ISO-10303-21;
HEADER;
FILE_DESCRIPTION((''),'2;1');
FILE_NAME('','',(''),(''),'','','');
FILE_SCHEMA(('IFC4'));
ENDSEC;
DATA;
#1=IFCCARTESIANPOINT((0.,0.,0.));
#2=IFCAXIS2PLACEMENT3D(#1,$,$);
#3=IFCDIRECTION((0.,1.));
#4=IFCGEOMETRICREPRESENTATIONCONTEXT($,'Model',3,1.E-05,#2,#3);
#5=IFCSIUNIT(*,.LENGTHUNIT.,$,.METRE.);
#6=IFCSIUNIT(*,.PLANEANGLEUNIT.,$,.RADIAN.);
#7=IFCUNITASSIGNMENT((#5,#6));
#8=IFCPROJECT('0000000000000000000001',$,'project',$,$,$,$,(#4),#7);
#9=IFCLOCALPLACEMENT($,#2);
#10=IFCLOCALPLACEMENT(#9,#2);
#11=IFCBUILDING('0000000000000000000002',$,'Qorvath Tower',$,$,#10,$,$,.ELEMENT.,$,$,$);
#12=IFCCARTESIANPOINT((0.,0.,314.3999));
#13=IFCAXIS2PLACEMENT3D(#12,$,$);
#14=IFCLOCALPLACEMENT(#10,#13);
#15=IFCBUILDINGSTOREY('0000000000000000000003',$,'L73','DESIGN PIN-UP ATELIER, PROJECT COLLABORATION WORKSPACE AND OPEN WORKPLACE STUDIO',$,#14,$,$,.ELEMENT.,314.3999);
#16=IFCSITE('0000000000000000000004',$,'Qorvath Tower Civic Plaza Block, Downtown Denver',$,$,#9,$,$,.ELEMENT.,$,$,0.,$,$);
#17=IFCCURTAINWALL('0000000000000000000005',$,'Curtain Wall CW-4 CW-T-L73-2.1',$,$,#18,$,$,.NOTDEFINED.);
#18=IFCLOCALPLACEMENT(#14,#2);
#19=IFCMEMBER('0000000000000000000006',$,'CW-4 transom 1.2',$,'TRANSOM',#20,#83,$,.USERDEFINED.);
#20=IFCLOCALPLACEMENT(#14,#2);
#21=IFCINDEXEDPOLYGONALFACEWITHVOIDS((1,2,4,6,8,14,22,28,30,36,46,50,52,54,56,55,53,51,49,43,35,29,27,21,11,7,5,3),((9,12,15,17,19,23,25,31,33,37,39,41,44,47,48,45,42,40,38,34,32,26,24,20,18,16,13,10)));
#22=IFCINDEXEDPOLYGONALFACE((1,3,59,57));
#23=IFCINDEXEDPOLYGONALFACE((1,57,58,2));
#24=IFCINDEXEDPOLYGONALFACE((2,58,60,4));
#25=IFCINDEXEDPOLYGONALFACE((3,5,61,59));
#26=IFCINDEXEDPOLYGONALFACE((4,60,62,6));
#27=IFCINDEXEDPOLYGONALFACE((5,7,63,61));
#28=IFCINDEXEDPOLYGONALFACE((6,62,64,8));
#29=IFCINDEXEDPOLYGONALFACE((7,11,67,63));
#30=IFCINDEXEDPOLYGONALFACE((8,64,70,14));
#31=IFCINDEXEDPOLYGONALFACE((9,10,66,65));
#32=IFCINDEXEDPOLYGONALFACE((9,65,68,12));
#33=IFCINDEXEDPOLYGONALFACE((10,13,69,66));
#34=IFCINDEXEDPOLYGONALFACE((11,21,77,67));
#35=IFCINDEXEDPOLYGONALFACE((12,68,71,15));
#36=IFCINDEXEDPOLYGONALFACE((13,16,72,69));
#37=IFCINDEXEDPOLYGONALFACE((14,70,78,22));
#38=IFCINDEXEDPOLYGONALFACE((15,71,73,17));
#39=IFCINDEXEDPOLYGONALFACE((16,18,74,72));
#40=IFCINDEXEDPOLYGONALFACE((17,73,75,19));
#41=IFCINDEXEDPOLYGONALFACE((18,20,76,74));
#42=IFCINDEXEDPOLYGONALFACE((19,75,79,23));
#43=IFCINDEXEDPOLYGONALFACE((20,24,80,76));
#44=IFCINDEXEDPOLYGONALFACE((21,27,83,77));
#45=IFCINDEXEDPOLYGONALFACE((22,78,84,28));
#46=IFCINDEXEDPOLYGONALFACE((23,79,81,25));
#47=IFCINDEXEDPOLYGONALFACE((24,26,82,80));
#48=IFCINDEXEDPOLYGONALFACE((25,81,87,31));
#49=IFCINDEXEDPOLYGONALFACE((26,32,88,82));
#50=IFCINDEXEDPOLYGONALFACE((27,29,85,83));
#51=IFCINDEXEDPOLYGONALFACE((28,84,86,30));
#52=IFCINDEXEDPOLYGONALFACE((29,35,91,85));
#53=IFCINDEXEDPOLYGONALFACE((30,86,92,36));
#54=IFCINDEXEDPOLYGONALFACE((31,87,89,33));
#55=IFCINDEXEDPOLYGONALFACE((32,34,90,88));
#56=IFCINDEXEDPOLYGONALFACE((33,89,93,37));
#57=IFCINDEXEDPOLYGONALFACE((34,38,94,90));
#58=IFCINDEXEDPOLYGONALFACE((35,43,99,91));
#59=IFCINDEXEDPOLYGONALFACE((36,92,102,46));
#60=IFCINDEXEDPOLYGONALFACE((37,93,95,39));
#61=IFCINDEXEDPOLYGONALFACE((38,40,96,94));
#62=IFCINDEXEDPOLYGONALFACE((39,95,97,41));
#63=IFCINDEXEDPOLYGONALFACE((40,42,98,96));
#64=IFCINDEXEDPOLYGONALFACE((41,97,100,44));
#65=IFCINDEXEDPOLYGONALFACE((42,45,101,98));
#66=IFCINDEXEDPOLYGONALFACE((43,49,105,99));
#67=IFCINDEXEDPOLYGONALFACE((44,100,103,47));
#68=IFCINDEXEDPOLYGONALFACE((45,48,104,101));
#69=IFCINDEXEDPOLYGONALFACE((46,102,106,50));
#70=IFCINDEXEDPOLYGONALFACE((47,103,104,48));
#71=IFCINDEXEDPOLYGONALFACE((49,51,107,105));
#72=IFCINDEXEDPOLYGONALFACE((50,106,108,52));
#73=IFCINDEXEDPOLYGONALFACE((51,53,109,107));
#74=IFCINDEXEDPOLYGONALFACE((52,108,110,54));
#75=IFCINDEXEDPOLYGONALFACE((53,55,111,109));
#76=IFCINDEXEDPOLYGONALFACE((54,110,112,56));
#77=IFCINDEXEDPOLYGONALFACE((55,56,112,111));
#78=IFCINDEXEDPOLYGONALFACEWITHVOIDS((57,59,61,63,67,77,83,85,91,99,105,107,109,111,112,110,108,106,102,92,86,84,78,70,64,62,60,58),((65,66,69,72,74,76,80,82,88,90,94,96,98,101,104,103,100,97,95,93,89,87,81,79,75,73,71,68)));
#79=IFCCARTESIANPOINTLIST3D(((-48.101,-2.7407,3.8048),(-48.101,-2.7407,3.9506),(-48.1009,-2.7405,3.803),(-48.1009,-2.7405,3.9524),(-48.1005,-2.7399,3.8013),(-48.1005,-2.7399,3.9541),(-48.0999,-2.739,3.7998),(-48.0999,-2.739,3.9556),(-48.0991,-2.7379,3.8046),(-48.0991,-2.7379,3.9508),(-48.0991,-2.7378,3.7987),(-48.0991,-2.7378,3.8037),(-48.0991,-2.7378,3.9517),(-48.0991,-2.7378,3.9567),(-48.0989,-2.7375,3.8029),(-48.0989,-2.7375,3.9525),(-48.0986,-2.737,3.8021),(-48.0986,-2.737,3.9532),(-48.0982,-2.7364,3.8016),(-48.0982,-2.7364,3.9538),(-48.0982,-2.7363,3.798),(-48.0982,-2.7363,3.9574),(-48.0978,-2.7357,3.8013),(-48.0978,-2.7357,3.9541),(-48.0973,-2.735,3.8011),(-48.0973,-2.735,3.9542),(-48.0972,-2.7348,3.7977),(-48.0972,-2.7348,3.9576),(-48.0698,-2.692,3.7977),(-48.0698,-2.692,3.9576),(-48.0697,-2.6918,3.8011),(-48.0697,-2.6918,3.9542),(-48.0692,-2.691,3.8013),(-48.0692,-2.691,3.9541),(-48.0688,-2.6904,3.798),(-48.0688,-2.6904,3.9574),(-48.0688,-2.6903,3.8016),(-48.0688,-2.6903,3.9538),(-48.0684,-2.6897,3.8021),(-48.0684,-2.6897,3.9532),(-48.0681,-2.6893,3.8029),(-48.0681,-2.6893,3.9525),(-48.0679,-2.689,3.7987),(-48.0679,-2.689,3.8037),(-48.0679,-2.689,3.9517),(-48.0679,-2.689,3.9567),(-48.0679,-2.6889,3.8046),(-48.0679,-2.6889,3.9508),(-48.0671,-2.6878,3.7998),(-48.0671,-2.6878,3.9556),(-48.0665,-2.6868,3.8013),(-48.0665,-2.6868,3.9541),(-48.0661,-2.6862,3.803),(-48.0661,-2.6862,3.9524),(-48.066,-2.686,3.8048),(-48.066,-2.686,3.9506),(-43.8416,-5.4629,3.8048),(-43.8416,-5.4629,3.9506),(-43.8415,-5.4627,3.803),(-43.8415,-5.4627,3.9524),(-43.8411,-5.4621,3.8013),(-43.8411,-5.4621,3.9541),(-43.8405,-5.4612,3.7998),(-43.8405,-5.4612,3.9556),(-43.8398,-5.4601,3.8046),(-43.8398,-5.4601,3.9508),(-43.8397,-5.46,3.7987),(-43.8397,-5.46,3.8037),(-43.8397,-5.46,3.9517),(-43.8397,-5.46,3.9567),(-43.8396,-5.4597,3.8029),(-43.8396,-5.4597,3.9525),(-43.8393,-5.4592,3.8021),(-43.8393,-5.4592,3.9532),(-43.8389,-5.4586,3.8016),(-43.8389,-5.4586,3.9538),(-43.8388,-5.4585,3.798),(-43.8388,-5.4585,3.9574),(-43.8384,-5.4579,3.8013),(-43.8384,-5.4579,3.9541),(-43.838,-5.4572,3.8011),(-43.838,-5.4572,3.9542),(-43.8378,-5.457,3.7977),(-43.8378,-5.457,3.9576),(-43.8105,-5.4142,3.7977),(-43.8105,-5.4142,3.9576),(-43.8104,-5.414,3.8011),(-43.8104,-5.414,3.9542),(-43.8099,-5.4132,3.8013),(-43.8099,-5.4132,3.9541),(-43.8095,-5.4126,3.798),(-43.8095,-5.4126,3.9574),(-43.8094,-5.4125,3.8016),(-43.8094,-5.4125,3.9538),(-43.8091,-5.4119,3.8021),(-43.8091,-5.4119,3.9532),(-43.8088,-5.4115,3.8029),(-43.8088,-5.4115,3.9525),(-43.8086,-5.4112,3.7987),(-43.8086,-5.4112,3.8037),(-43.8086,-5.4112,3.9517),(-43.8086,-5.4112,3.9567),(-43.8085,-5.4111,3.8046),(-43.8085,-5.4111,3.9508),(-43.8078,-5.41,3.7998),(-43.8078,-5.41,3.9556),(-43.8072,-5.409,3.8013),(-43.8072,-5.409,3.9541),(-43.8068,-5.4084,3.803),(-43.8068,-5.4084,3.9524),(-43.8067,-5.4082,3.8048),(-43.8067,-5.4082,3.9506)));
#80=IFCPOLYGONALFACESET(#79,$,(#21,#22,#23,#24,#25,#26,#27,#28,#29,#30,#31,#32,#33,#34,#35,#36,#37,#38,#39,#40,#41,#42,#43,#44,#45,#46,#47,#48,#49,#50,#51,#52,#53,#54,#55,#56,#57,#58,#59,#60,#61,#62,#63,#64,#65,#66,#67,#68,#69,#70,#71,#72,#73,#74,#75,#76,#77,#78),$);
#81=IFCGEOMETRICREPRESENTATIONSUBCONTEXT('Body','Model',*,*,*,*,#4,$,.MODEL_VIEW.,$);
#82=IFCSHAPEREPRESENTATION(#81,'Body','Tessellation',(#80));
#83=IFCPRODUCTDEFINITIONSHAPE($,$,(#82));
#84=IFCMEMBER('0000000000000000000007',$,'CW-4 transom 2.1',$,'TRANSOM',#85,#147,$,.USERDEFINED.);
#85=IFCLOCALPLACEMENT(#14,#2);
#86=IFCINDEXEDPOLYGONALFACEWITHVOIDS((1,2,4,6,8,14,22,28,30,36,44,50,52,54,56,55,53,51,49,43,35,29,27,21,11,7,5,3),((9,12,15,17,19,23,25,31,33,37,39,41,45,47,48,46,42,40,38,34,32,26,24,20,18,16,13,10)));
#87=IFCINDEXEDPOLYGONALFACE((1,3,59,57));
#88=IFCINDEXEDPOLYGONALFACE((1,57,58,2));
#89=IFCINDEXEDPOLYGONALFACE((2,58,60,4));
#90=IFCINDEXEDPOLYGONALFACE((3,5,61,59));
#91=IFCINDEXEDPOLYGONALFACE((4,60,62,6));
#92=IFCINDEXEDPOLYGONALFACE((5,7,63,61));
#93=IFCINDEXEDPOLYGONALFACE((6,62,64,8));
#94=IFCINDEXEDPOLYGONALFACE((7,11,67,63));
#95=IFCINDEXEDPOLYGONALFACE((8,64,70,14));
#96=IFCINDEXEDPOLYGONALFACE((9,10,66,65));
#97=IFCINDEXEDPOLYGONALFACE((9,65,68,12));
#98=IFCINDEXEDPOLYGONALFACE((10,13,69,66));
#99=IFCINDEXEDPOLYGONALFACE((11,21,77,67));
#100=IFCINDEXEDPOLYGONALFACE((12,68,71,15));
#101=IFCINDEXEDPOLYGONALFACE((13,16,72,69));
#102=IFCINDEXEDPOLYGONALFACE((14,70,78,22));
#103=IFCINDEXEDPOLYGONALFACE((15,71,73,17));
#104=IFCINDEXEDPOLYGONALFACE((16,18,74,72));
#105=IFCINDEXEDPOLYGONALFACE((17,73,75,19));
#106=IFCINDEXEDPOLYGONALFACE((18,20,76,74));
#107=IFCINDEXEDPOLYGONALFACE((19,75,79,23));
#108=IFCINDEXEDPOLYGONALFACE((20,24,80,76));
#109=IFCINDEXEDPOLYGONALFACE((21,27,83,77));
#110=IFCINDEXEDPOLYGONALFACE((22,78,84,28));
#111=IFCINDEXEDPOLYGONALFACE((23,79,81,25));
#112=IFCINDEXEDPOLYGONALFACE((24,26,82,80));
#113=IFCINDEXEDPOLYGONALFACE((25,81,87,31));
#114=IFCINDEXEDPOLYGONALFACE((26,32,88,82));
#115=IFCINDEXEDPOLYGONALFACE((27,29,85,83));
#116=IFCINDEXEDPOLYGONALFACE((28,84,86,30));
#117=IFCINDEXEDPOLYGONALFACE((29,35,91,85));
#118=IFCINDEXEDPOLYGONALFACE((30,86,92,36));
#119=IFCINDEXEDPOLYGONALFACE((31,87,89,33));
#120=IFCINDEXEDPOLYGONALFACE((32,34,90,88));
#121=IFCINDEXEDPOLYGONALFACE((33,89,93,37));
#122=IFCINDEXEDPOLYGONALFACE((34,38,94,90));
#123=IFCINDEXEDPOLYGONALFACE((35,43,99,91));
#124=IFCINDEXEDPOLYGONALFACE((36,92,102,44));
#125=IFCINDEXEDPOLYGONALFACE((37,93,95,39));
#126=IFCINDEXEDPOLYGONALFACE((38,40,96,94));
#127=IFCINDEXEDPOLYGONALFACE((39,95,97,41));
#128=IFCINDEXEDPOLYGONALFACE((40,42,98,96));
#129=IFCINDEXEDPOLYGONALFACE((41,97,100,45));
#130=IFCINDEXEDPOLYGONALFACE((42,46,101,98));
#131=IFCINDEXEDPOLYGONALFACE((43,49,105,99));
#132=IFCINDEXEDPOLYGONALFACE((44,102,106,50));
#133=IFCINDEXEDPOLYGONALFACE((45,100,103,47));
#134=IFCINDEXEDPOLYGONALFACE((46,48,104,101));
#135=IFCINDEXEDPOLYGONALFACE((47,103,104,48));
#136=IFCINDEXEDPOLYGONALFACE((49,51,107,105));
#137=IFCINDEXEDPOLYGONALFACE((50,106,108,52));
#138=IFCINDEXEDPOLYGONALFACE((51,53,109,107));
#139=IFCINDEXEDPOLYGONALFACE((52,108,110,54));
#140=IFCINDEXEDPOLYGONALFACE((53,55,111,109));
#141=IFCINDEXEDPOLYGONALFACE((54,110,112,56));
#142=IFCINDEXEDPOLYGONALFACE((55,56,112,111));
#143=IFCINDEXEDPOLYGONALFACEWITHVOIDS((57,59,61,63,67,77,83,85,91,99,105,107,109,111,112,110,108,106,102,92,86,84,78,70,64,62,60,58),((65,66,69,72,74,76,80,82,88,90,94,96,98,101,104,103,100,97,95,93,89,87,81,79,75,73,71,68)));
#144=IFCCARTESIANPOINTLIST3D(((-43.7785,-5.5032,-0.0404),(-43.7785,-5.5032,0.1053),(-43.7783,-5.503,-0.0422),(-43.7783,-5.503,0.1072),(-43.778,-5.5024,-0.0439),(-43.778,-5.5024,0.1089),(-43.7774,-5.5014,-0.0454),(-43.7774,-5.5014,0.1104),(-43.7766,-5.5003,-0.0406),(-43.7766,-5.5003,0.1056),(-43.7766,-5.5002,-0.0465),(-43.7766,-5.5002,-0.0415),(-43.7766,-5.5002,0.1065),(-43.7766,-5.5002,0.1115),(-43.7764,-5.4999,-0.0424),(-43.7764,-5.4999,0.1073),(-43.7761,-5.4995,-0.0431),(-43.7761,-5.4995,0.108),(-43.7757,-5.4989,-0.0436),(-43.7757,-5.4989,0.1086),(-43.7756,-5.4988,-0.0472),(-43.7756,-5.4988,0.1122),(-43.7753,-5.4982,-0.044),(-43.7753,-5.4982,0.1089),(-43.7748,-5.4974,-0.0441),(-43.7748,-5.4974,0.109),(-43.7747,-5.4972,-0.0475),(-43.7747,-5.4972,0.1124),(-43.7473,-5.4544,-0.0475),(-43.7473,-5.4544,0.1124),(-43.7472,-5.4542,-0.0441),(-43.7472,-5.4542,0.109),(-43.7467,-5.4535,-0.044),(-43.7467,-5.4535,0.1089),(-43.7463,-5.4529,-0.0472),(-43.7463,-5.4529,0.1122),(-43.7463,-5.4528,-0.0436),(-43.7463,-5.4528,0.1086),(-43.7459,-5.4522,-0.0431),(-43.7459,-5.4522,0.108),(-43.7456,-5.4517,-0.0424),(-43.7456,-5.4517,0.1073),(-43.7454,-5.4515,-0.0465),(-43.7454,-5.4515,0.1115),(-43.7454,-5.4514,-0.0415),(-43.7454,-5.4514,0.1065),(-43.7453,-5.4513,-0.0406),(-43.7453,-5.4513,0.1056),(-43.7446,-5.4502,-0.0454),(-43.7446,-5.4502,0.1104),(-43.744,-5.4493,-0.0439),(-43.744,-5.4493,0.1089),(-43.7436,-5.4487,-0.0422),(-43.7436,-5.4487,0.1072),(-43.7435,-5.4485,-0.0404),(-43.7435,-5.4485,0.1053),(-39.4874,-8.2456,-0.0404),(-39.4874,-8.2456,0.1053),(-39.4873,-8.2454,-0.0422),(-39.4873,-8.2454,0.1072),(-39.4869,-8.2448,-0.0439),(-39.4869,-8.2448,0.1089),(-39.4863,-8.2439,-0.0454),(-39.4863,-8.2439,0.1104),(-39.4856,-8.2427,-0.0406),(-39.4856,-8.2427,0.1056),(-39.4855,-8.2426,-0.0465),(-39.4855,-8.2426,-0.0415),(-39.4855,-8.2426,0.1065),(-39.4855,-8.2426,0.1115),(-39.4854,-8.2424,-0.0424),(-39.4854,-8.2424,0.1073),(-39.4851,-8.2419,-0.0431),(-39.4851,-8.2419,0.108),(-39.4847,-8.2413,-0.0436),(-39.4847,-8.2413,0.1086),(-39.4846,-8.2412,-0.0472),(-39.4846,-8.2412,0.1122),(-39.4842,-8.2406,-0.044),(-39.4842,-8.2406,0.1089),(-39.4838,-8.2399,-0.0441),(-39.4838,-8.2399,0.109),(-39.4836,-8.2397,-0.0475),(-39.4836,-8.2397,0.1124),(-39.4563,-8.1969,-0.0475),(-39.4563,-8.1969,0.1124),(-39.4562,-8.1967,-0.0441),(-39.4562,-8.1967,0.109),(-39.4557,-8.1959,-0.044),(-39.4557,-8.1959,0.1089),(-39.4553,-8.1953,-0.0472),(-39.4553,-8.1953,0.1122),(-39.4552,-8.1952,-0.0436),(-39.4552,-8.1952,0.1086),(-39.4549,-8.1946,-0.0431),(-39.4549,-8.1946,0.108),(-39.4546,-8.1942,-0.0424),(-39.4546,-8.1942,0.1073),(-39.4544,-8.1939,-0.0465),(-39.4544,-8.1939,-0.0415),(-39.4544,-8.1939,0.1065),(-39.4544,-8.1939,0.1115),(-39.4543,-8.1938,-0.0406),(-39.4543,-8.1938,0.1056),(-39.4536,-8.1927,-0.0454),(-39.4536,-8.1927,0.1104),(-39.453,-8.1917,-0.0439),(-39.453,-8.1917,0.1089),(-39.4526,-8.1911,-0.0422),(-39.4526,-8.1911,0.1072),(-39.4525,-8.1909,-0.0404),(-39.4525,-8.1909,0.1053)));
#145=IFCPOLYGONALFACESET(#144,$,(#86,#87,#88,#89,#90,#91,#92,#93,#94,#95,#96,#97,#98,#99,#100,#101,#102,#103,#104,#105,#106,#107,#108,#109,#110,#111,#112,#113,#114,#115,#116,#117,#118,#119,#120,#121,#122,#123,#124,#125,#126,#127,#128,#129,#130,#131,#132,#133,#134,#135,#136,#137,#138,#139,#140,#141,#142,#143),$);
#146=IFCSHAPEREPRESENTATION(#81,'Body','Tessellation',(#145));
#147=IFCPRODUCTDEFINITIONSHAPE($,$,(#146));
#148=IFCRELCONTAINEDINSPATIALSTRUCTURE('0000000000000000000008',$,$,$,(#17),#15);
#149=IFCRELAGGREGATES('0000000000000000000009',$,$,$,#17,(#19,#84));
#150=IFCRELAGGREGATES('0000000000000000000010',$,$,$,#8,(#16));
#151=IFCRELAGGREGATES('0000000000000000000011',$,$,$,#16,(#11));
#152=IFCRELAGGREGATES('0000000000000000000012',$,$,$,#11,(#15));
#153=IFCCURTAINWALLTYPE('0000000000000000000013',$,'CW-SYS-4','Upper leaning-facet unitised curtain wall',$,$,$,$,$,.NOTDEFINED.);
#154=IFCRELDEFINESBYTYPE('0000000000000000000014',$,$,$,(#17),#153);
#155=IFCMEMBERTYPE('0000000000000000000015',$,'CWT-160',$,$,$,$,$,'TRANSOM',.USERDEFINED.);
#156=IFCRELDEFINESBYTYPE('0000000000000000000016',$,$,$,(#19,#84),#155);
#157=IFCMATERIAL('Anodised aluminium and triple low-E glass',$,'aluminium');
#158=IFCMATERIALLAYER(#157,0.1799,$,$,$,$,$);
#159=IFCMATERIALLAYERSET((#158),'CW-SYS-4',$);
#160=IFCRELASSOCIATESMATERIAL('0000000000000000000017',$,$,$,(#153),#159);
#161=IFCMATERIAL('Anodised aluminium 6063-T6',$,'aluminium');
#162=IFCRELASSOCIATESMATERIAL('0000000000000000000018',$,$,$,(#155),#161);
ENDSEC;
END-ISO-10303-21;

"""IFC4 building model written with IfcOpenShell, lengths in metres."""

from ifc_helpers import new_model, si_unit, direction, frame, origin, origin_2d, place, context, subcontext, project, spatial, hollow_rectangle, extrude, material, layer, layer_set, material_profile, profile_set, type_object, element, aggregate, save


model = new_model("IFC4")

# Units and contexts
model_context = context("Model", 3, precision=1e-05, world=origin(), true_north=direction((0.0, 1.0)))
body_context = subcontext(model_context, "Body", "Model", "MODEL_VIEW")
ifc_project = project(units=[si_unit("LENGTHUNIT", "METRE"), si_unit("PLANEANGLEUNIT", "RADIAN")], contexts=[model_context])

# Site, building, storey
site_placement = place(None, origin())
site = spatial("IfcSite", under=ifc_project, at=site_placement, Name="Qorvath Tower Civic Plaza Block, Downtown Denver", CompositionType="ELEMENT", RefElevation=0.0)
building_placement = place(site_placement, origin())
building = spatial("IfcBuilding", under=site, at=building_placement, Name="Qorvath Tower", CompositionType="ELEMENT")
storey_placement = place(building_placement, frame((0.0, 0.0, 314.3999)))
storey = spatial("IfcBuildingStorey", under=building, at=storey_placement, Name="L73", Description="DESIGN PIN-UP ATELIER, PROJECT COLLABORATION WORKSPACE AND OPEN WORKPLACE STUDIO", CompositionType="ELEMENT", Elevation=314.3999)

# Curtain wall, members
ifc_material_1 = material(Name="Anodised aluminium and triple low-E glass", Category="aluminium")
ifc_layer_1 = layer(ifc_material_1, 0.1799)
ifc_layer_set_1 = layer_set([ifc_layer_1], Name="CW-SYS-4")
curtain_wall_type = type_object("IfcCurtainWallType", Name="CW-SYS-4", Description="Upper leaning-facet unitised curtain wall", PredefinedType="NOTDEFINED", material=ifc_layer_set_1)
curtain_wall_placement = place(storey_placement, origin())
curtain_wall = element("IfcCurtainWall", 1, at=curtain_wall_placement, inside=storey, type_object=curtain_wall_type, Name="Curtain Wall CW-4 CW-T-L73-2.1", PredefinedType="NOTDEFINED")
ifc_material_2 = material(Name="Anodised aluminium 6063-T6", Category="aluminium")
ifc_material_profile_1 = material_profile(ifc_material_2, hollow_rectangle(XDim=0.0649, YDim=0.1599, WallThickness=0.0034, InnerFilletRadius=0.0034, OuterFilletRadius=0.0071, at=origin_2d()), Name="CWT 160x65")
ifc_profile_set_1 = profile_set([ifc_material_profile_1], Name="Anodised aluminium 6063-T6")
member_type_1 = type_object("IfcMemberType", Name="CWT-160", ElementType="TRANSOM", PredefinedType="USERDEFINED", material=ifc_profile_set_1)
member_1_placement = place(storey_placement, frame((-48.0835, -2.7134, 3.8777), z_axis=(0.84261, -0.538525, 0.0), x_axis=(0.538525, 0.84261, 0.0)))
member_1 = element("IfcMember", 2, at=member_1_placement, type_object=member_type_1, Name="CW-4 transom 1.2", ObjectType="TRANSOM", PredefinedType="USERDEFINED", context=body_context, shape_type="SweptSolid", body=[
    extrude(hollow_rectangle(XDim=0.0649, YDim=0.1599, WallThickness=0.0034, InnerFilletRadius=0.0034, OuterFilletRadius=0.0071, at=origin_2d()), origin(), (0.0, 0.0, 1.0), 5.0549),
])
member_2_placement = place(storey_placement, frame((-43.761, -5.4758, 0.0325), z_axis=(0.842612, -0.538522, 0.0), x_axis=(0.538522, 0.842612, 0.0)))
member_2 = element("IfcMember", 3, at=member_2_placement, type_object=member_type_1, Name="CW-4 transom 2.1", ObjectType="TRANSOM", PredefinedType="USERDEFINED", context=body_context, shape_type="SweptSolid", body=[
    extrude(hollow_rectangle(XDim=0.0649, YDim=0.1599, WallThickness=0.0034, InnerFilletRadius=0.0034, OuterFilletRadius=0.0071, at=origin_2d()), origin(), (0.0, 0.0, 1.0), 5.0925),
])

aggregate(curtain_wall, [member_1, member_2])

save(model, "model.ifc")
